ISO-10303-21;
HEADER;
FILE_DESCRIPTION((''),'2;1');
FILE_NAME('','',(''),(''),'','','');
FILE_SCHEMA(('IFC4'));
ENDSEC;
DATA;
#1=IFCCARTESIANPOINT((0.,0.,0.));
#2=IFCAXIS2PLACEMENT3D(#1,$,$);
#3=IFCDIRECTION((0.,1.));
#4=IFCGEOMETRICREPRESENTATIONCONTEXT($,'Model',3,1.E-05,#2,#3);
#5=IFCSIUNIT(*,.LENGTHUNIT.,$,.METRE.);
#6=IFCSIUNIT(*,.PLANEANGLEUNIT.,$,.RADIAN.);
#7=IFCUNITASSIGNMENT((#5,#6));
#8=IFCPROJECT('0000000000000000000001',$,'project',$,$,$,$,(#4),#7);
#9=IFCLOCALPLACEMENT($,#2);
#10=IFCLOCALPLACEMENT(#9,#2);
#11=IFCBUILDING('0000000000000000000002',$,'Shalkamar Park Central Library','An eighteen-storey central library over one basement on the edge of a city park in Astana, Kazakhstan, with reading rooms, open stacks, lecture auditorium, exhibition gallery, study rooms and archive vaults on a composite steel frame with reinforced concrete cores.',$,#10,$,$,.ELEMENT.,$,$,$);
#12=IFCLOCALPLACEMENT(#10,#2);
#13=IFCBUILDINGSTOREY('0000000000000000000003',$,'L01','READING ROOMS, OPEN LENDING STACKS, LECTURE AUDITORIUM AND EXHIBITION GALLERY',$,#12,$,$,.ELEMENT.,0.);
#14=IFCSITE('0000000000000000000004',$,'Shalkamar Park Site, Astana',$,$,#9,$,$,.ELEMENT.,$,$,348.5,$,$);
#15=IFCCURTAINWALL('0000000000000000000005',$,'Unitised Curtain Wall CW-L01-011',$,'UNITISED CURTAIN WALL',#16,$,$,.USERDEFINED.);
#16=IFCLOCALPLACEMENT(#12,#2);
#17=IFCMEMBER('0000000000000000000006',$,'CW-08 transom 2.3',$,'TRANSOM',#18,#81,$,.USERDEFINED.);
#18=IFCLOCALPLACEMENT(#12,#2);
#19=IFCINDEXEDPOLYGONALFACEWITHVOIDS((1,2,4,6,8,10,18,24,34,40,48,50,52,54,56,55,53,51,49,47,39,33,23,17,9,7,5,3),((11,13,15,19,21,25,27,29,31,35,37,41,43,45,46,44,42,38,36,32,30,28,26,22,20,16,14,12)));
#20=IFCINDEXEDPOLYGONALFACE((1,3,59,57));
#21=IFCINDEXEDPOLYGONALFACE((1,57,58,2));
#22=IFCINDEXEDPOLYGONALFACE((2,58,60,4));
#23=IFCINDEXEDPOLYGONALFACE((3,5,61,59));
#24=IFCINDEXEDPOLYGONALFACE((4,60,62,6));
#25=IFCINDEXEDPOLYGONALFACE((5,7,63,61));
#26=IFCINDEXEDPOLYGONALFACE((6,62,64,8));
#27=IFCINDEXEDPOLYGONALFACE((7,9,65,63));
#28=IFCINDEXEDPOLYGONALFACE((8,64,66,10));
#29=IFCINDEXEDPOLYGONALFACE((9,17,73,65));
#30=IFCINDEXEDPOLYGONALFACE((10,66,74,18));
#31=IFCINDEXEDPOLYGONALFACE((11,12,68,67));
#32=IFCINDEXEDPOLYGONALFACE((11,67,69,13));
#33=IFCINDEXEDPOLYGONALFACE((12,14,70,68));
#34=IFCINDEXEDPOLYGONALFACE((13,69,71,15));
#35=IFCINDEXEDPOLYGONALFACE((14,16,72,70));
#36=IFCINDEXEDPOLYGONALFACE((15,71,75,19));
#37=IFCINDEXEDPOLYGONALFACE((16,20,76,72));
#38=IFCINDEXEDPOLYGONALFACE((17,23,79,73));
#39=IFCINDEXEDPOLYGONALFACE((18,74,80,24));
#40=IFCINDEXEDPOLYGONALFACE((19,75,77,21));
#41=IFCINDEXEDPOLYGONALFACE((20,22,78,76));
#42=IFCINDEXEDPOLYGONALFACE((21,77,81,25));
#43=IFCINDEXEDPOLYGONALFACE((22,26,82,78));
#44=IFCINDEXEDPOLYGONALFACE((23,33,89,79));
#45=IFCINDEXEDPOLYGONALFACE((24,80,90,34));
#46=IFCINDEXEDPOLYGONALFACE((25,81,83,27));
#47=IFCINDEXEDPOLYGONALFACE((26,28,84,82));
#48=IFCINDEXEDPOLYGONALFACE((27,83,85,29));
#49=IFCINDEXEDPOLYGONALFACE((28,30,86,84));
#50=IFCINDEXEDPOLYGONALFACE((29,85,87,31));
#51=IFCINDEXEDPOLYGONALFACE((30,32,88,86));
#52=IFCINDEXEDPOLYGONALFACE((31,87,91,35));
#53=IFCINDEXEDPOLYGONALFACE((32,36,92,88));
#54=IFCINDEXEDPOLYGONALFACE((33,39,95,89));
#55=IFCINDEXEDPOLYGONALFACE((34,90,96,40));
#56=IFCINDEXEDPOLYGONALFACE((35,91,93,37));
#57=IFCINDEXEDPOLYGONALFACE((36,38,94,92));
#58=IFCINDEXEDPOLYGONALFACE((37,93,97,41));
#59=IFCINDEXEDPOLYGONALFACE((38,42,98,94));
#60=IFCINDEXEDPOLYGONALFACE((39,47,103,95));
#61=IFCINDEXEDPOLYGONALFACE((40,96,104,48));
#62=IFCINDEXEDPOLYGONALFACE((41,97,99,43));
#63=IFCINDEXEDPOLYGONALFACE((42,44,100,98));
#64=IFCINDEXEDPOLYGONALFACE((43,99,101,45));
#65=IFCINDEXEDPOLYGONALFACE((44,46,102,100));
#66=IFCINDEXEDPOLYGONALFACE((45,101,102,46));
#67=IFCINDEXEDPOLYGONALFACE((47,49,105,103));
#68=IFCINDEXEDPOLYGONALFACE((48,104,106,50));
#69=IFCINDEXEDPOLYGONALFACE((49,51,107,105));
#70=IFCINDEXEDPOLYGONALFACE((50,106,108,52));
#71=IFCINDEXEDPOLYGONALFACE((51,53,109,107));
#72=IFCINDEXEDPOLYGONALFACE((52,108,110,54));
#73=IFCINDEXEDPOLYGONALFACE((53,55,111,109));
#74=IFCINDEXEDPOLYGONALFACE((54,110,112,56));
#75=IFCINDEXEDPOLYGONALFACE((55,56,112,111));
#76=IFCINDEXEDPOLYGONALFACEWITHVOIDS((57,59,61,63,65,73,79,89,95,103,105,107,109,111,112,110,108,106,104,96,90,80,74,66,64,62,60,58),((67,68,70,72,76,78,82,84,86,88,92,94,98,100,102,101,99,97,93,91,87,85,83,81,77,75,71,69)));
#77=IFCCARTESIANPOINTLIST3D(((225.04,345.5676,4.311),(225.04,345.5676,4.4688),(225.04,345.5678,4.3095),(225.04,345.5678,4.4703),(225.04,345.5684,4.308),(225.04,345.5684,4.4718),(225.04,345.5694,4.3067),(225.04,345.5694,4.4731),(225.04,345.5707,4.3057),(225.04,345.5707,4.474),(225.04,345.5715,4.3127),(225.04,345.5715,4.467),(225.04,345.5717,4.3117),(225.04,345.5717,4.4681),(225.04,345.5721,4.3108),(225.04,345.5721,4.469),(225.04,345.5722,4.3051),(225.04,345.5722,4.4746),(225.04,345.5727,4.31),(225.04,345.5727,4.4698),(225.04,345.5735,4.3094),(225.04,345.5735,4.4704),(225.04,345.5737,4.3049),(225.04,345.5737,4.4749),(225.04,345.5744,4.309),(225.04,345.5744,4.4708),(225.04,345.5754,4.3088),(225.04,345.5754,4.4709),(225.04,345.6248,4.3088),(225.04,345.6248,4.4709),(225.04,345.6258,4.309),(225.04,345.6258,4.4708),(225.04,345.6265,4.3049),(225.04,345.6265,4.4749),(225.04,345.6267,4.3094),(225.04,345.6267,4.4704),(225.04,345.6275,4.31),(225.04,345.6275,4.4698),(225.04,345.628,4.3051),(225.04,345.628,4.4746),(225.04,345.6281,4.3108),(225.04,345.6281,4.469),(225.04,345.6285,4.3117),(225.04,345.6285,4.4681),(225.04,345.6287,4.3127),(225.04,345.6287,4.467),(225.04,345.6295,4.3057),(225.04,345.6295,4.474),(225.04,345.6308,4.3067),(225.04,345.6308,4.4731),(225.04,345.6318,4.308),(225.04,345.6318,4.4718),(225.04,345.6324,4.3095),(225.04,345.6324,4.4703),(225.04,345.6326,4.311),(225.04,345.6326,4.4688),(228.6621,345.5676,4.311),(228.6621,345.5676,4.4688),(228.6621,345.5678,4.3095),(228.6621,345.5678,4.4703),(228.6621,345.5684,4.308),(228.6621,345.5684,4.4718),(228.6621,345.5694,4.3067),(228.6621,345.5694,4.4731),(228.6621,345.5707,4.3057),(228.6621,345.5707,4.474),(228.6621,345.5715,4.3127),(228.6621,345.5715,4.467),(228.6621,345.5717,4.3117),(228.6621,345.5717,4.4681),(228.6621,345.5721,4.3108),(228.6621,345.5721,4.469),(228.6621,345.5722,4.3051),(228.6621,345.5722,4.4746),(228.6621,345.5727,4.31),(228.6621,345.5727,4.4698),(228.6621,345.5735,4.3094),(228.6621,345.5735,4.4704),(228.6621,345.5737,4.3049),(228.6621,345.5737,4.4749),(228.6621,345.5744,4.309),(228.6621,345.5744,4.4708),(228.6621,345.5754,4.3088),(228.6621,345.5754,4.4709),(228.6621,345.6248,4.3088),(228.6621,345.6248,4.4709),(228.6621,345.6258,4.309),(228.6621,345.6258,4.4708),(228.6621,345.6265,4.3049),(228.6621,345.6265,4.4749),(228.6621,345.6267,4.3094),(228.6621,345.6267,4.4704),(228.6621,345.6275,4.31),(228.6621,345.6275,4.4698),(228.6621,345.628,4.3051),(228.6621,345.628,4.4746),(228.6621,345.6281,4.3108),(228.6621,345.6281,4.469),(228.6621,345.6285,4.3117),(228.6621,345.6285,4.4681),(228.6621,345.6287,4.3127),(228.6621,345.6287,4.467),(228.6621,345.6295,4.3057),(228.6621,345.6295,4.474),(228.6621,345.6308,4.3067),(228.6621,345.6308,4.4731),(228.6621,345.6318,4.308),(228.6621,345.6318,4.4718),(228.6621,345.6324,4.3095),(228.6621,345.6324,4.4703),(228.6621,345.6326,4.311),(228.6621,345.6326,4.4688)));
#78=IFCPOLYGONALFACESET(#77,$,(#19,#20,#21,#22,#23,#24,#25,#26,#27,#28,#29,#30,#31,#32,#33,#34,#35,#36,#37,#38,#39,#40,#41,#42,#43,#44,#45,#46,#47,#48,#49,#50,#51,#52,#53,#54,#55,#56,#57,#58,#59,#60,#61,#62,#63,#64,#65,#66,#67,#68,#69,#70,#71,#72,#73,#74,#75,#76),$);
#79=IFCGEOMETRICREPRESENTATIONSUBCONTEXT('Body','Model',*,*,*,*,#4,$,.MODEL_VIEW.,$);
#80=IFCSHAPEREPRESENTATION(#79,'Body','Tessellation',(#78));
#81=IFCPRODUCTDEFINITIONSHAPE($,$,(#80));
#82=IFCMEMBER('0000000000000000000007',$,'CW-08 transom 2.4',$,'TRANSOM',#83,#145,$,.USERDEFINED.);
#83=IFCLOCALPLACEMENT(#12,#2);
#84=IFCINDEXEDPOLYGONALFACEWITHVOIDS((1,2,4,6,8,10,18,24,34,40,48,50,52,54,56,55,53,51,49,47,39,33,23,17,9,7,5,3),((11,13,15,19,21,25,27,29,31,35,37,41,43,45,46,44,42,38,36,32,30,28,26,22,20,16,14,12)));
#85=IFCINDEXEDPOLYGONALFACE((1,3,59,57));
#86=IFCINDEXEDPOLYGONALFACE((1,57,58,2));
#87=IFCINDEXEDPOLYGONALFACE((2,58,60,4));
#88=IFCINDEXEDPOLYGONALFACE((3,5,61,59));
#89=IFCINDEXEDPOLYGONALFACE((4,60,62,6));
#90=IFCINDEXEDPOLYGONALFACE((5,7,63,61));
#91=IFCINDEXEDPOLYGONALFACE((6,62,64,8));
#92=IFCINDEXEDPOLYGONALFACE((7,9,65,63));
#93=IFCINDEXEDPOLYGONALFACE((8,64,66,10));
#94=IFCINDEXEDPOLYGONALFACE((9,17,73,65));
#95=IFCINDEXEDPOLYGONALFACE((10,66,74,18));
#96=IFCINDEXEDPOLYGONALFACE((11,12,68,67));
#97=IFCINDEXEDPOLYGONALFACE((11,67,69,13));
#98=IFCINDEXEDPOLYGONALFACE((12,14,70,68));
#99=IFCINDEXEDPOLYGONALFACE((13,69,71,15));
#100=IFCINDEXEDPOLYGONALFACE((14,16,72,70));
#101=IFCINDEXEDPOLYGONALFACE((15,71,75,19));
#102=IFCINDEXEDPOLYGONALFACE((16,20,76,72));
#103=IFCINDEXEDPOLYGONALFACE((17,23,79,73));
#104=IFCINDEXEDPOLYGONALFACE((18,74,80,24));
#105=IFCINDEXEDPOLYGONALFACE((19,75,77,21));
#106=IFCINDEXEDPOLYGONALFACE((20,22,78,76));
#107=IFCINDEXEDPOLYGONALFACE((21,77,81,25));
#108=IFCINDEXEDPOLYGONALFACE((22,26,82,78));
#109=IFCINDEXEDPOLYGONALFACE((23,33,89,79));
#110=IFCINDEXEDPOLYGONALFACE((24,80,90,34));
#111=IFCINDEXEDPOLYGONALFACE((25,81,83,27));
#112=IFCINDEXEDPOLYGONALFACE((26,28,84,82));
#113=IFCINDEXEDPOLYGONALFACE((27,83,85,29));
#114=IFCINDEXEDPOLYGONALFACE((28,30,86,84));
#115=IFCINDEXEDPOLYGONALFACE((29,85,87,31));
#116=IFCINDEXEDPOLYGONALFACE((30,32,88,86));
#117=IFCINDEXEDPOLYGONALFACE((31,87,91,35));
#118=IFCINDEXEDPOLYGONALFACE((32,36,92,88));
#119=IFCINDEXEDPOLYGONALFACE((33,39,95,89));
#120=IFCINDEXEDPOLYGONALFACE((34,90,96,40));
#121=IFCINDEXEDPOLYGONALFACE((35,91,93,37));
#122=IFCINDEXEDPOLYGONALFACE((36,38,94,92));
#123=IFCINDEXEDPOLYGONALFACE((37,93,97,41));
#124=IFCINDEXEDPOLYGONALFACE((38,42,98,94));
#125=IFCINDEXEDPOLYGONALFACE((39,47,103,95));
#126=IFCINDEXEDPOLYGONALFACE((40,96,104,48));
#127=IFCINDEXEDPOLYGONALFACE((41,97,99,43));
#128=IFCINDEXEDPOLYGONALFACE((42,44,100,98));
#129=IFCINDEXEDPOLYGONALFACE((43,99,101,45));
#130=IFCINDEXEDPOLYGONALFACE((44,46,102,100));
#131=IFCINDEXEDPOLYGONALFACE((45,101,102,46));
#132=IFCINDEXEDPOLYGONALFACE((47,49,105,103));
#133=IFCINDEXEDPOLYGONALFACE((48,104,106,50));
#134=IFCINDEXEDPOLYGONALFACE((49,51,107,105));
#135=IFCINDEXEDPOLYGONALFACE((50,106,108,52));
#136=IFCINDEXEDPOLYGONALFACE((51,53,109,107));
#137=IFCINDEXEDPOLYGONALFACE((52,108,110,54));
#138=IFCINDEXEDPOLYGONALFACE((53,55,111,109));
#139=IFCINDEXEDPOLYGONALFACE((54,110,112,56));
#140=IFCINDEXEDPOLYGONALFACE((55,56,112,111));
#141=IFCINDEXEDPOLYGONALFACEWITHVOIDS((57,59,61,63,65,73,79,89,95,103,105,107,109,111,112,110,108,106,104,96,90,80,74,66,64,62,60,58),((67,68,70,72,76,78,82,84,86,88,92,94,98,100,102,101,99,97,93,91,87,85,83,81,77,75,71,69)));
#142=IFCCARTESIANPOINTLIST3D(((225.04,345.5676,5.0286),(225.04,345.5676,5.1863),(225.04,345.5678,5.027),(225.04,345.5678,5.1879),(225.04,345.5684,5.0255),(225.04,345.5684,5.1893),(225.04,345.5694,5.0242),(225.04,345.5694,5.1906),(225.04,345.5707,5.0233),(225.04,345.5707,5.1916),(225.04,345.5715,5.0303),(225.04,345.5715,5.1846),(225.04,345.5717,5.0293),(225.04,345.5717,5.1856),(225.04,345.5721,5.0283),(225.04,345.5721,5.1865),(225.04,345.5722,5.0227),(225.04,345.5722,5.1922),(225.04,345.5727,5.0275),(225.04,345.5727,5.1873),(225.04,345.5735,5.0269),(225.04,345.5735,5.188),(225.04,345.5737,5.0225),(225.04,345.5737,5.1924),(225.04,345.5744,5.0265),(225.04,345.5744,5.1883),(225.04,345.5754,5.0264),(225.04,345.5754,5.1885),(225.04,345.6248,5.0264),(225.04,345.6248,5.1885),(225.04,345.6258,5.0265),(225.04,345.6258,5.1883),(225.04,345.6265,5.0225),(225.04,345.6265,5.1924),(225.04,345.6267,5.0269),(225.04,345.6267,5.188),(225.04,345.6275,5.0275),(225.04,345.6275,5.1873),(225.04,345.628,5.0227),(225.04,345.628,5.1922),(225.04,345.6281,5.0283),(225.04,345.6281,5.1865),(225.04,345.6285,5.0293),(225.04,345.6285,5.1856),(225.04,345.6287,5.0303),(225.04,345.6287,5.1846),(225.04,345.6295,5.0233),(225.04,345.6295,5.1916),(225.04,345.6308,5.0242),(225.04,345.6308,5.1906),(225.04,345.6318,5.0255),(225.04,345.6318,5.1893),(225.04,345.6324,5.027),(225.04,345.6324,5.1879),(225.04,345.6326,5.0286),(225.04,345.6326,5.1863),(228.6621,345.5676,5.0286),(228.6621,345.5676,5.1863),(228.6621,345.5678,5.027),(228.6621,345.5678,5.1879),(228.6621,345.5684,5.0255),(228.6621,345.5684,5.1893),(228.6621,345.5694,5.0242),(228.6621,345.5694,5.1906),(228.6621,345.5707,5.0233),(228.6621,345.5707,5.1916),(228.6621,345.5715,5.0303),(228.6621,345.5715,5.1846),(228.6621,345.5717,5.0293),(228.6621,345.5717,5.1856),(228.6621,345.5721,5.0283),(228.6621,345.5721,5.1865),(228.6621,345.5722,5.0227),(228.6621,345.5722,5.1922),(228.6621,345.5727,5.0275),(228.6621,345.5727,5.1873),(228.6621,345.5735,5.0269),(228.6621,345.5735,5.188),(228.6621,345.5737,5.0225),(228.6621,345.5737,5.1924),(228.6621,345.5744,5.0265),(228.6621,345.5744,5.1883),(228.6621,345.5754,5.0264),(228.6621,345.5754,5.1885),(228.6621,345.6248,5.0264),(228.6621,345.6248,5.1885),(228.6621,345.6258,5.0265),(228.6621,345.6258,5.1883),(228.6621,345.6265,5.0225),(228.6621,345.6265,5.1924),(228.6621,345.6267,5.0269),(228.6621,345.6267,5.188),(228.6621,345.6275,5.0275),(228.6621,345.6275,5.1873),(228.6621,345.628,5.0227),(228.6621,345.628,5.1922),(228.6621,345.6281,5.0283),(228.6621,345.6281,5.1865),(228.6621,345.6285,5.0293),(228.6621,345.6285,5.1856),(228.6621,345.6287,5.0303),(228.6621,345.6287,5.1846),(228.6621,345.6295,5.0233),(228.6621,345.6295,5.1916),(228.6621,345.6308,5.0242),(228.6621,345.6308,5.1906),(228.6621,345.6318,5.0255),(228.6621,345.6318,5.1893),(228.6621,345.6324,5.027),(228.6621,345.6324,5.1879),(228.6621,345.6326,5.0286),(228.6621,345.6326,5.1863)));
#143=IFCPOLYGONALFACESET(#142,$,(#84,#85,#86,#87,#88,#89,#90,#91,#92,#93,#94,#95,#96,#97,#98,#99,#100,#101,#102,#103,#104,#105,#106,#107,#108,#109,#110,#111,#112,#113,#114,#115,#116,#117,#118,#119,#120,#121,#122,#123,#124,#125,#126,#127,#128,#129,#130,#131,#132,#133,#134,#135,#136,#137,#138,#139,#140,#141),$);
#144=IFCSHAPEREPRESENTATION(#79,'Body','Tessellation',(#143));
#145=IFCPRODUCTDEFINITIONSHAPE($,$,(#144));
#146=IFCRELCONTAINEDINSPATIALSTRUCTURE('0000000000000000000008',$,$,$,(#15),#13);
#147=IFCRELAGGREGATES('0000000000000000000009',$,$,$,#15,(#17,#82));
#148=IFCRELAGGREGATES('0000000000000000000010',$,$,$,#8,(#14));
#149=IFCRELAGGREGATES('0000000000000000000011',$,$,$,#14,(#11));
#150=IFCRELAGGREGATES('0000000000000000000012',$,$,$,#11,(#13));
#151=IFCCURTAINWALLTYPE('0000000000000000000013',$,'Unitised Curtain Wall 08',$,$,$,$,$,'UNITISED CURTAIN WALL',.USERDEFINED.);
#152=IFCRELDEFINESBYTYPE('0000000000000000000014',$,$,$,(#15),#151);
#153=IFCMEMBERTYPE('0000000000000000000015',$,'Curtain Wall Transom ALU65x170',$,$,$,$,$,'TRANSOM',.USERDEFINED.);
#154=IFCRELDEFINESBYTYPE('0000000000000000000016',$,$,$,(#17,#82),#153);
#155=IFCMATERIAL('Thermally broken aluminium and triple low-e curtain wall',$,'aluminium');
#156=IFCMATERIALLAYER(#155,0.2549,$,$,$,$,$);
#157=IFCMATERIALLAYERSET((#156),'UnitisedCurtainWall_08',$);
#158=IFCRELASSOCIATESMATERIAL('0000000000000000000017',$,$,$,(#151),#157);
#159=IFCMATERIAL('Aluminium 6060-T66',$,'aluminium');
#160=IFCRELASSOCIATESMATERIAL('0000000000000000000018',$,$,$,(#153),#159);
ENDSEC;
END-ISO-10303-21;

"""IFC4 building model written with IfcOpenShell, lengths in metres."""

from ifc_helpers import new_model, si_unit, direction, frame, origin, origin_2d, place, context, subcontext, project, spatial, hollow_rectangle, extrude, material, layer, layer_set, material_profile, profile_set, type_object, element, aggregate, save


model = new_model("IFC4")

# Units and contexts
model_context = context("Model", 3, precision=1e-05, world=origin(), true_north=direction((0.0, 1.0)))
body_context = subcontext(model_context, "Body", "Model", "MODEL_VIEW")
ifc_project = project(units=[si_unit("LENGTHUNIT", "METRE"), si_unit("PLANEANGLEUNIT", "RADIAN")], contexts=[model_context])

# Site, building, storey
site_placement = place(None, origin())
site = spatial("IfcSite", under=ifc_project, at=site_placement, Name="Shalkamar Park Site, Astana", CompositionType="ELEMENT", RefElevation=348.5)
building_placement = place(site_placement, origin())
building = spatial("IfcBuilding", under=site, at=building_placement, Name="Shalkamar Park Central Library", Description="An eighteen-storey central library over one basement on the edge of a city park in Astana, Kazakhstan, with reading rooms, open stacks, lecture auditorium, exhibition gallery, study rooms and archive vaults on a composite steel frame with reinforced concrete cores.", CompositionType="ELEMENT")
storey_placement = place(building_placement, origin())
storey = spatial("IfcBuildingStorey", under=building, at=storey_placement, Name="L01", Description="READING ROOMS, OPEN LENDING STACKS, LECTURE AUDITORIUM AND EXHIBITION GALLERY", CompositionType="ELEMENT", Elevation=0.0)

# Curtain wall
ifc_material_1 = material(Name="Thermally broken aluminium and triple low-e curtain wall", Category="aluminium")
ifc_layer_1 = layer(ifc_material_1, 0.2549)
ifc_layer_set_1 = layer_set([ifc_layer_1], Name="UnitisedCurtainWall_08")
curtain_wall_type_1 = type_object("IfcCurtainWallType", Name="Unitised Curtain Wall 08", ElementType="UNITISED CURTAIN WALL", PredefinedType="USERDEFINED", material=ifc_layer_set_1)
curtain_wall_1_placement = place(storey_placement, origin())
curtain_wall_1 = element("IfcCurtainWall", 1, at=curtain_wall_1_placement, inside=storey, type_object=curtain_wall_type_1, Name="Unitised Curtain Wall CW-L01-011", ObjectType="UNITISED CURTAIN WALL", PredefinedType="USERDEFINED")
ifc_material_2 = material(Name="Aluminium 6060-T66", Category="aluminium")

# Members
ifc_material_profile_1 = material_profile(ifc_material_2, hollow_rectangle(XDim=0.0649, YDim=0.1699, WallThickness=0.0039, InnerFilletRadius=0.0039, OuterFilletRadius=0.0061, at=origin_2d()), Name="ALU 65x170x4")
ifc_profile_set_1 = profile_set([ifc_material_profile_1], Name="Aluminium 6060-T66")
member_type_1 = type_object("IfcMemberType", Name="Curtain Wall Transom ALU65x170", ElementType="TRANSOM", PredefinedType="USERDEFINED", material=ifc_profile_set_1)
member_1_placement = place(storey_placement, frame((225.04, 345.6001, 4.3899), z_axis=(1.0, 0.0, 0.0), x_axis=(0.0, 1.0, 0.0)))
member_1 = element("IfcMember", 2, at=member_1_placement, type_object=member_type_1, Name="CW-08 transom 2.3", ObjectType="TRANSOM", PredefinedType="USERDEFINED", context=body_context, shape_type="SweptSolid", body=[
    extrude(hollow_rectangle(XDim=0.0649, YDim=0.1699, WallThickness=0.0039, InnerFilletRadius=0.0039, OuterFilletRadius=0.0061, at=origin_2d()), origin(), (0.0, 0.0, 1.0), 3.6221),
])
member_2_placement = place(storey_placement, frame((225.04, 345.6001, 5.1074), z_axis=(1.0, 0.0, 0.0), x_axis=(0.0, 1.0, 0.0)))
member_2 = element("IfcMember", 3, at=member_2_placement, type_object=member_type_1, Name="CW-08 transom 2.4", ObjectType="TRANSOM", PredefinedType="USERDEFINED", context=body_context, shape_type="SweptSolid", body=[
    extrude(hollow_rectangle(XDim=0.0649, YDim=0.1699, WallThickness=0.0039, InnerFilletRadius=0.0039, OuterFilletRadius=0.0061, at=origin_2d()), origin(), (0.0, 0.0, 1.0), 3.6221),
])

aggregate(curtain_wall_1, [member_1, member_2])

save(model, "model.ifc")
